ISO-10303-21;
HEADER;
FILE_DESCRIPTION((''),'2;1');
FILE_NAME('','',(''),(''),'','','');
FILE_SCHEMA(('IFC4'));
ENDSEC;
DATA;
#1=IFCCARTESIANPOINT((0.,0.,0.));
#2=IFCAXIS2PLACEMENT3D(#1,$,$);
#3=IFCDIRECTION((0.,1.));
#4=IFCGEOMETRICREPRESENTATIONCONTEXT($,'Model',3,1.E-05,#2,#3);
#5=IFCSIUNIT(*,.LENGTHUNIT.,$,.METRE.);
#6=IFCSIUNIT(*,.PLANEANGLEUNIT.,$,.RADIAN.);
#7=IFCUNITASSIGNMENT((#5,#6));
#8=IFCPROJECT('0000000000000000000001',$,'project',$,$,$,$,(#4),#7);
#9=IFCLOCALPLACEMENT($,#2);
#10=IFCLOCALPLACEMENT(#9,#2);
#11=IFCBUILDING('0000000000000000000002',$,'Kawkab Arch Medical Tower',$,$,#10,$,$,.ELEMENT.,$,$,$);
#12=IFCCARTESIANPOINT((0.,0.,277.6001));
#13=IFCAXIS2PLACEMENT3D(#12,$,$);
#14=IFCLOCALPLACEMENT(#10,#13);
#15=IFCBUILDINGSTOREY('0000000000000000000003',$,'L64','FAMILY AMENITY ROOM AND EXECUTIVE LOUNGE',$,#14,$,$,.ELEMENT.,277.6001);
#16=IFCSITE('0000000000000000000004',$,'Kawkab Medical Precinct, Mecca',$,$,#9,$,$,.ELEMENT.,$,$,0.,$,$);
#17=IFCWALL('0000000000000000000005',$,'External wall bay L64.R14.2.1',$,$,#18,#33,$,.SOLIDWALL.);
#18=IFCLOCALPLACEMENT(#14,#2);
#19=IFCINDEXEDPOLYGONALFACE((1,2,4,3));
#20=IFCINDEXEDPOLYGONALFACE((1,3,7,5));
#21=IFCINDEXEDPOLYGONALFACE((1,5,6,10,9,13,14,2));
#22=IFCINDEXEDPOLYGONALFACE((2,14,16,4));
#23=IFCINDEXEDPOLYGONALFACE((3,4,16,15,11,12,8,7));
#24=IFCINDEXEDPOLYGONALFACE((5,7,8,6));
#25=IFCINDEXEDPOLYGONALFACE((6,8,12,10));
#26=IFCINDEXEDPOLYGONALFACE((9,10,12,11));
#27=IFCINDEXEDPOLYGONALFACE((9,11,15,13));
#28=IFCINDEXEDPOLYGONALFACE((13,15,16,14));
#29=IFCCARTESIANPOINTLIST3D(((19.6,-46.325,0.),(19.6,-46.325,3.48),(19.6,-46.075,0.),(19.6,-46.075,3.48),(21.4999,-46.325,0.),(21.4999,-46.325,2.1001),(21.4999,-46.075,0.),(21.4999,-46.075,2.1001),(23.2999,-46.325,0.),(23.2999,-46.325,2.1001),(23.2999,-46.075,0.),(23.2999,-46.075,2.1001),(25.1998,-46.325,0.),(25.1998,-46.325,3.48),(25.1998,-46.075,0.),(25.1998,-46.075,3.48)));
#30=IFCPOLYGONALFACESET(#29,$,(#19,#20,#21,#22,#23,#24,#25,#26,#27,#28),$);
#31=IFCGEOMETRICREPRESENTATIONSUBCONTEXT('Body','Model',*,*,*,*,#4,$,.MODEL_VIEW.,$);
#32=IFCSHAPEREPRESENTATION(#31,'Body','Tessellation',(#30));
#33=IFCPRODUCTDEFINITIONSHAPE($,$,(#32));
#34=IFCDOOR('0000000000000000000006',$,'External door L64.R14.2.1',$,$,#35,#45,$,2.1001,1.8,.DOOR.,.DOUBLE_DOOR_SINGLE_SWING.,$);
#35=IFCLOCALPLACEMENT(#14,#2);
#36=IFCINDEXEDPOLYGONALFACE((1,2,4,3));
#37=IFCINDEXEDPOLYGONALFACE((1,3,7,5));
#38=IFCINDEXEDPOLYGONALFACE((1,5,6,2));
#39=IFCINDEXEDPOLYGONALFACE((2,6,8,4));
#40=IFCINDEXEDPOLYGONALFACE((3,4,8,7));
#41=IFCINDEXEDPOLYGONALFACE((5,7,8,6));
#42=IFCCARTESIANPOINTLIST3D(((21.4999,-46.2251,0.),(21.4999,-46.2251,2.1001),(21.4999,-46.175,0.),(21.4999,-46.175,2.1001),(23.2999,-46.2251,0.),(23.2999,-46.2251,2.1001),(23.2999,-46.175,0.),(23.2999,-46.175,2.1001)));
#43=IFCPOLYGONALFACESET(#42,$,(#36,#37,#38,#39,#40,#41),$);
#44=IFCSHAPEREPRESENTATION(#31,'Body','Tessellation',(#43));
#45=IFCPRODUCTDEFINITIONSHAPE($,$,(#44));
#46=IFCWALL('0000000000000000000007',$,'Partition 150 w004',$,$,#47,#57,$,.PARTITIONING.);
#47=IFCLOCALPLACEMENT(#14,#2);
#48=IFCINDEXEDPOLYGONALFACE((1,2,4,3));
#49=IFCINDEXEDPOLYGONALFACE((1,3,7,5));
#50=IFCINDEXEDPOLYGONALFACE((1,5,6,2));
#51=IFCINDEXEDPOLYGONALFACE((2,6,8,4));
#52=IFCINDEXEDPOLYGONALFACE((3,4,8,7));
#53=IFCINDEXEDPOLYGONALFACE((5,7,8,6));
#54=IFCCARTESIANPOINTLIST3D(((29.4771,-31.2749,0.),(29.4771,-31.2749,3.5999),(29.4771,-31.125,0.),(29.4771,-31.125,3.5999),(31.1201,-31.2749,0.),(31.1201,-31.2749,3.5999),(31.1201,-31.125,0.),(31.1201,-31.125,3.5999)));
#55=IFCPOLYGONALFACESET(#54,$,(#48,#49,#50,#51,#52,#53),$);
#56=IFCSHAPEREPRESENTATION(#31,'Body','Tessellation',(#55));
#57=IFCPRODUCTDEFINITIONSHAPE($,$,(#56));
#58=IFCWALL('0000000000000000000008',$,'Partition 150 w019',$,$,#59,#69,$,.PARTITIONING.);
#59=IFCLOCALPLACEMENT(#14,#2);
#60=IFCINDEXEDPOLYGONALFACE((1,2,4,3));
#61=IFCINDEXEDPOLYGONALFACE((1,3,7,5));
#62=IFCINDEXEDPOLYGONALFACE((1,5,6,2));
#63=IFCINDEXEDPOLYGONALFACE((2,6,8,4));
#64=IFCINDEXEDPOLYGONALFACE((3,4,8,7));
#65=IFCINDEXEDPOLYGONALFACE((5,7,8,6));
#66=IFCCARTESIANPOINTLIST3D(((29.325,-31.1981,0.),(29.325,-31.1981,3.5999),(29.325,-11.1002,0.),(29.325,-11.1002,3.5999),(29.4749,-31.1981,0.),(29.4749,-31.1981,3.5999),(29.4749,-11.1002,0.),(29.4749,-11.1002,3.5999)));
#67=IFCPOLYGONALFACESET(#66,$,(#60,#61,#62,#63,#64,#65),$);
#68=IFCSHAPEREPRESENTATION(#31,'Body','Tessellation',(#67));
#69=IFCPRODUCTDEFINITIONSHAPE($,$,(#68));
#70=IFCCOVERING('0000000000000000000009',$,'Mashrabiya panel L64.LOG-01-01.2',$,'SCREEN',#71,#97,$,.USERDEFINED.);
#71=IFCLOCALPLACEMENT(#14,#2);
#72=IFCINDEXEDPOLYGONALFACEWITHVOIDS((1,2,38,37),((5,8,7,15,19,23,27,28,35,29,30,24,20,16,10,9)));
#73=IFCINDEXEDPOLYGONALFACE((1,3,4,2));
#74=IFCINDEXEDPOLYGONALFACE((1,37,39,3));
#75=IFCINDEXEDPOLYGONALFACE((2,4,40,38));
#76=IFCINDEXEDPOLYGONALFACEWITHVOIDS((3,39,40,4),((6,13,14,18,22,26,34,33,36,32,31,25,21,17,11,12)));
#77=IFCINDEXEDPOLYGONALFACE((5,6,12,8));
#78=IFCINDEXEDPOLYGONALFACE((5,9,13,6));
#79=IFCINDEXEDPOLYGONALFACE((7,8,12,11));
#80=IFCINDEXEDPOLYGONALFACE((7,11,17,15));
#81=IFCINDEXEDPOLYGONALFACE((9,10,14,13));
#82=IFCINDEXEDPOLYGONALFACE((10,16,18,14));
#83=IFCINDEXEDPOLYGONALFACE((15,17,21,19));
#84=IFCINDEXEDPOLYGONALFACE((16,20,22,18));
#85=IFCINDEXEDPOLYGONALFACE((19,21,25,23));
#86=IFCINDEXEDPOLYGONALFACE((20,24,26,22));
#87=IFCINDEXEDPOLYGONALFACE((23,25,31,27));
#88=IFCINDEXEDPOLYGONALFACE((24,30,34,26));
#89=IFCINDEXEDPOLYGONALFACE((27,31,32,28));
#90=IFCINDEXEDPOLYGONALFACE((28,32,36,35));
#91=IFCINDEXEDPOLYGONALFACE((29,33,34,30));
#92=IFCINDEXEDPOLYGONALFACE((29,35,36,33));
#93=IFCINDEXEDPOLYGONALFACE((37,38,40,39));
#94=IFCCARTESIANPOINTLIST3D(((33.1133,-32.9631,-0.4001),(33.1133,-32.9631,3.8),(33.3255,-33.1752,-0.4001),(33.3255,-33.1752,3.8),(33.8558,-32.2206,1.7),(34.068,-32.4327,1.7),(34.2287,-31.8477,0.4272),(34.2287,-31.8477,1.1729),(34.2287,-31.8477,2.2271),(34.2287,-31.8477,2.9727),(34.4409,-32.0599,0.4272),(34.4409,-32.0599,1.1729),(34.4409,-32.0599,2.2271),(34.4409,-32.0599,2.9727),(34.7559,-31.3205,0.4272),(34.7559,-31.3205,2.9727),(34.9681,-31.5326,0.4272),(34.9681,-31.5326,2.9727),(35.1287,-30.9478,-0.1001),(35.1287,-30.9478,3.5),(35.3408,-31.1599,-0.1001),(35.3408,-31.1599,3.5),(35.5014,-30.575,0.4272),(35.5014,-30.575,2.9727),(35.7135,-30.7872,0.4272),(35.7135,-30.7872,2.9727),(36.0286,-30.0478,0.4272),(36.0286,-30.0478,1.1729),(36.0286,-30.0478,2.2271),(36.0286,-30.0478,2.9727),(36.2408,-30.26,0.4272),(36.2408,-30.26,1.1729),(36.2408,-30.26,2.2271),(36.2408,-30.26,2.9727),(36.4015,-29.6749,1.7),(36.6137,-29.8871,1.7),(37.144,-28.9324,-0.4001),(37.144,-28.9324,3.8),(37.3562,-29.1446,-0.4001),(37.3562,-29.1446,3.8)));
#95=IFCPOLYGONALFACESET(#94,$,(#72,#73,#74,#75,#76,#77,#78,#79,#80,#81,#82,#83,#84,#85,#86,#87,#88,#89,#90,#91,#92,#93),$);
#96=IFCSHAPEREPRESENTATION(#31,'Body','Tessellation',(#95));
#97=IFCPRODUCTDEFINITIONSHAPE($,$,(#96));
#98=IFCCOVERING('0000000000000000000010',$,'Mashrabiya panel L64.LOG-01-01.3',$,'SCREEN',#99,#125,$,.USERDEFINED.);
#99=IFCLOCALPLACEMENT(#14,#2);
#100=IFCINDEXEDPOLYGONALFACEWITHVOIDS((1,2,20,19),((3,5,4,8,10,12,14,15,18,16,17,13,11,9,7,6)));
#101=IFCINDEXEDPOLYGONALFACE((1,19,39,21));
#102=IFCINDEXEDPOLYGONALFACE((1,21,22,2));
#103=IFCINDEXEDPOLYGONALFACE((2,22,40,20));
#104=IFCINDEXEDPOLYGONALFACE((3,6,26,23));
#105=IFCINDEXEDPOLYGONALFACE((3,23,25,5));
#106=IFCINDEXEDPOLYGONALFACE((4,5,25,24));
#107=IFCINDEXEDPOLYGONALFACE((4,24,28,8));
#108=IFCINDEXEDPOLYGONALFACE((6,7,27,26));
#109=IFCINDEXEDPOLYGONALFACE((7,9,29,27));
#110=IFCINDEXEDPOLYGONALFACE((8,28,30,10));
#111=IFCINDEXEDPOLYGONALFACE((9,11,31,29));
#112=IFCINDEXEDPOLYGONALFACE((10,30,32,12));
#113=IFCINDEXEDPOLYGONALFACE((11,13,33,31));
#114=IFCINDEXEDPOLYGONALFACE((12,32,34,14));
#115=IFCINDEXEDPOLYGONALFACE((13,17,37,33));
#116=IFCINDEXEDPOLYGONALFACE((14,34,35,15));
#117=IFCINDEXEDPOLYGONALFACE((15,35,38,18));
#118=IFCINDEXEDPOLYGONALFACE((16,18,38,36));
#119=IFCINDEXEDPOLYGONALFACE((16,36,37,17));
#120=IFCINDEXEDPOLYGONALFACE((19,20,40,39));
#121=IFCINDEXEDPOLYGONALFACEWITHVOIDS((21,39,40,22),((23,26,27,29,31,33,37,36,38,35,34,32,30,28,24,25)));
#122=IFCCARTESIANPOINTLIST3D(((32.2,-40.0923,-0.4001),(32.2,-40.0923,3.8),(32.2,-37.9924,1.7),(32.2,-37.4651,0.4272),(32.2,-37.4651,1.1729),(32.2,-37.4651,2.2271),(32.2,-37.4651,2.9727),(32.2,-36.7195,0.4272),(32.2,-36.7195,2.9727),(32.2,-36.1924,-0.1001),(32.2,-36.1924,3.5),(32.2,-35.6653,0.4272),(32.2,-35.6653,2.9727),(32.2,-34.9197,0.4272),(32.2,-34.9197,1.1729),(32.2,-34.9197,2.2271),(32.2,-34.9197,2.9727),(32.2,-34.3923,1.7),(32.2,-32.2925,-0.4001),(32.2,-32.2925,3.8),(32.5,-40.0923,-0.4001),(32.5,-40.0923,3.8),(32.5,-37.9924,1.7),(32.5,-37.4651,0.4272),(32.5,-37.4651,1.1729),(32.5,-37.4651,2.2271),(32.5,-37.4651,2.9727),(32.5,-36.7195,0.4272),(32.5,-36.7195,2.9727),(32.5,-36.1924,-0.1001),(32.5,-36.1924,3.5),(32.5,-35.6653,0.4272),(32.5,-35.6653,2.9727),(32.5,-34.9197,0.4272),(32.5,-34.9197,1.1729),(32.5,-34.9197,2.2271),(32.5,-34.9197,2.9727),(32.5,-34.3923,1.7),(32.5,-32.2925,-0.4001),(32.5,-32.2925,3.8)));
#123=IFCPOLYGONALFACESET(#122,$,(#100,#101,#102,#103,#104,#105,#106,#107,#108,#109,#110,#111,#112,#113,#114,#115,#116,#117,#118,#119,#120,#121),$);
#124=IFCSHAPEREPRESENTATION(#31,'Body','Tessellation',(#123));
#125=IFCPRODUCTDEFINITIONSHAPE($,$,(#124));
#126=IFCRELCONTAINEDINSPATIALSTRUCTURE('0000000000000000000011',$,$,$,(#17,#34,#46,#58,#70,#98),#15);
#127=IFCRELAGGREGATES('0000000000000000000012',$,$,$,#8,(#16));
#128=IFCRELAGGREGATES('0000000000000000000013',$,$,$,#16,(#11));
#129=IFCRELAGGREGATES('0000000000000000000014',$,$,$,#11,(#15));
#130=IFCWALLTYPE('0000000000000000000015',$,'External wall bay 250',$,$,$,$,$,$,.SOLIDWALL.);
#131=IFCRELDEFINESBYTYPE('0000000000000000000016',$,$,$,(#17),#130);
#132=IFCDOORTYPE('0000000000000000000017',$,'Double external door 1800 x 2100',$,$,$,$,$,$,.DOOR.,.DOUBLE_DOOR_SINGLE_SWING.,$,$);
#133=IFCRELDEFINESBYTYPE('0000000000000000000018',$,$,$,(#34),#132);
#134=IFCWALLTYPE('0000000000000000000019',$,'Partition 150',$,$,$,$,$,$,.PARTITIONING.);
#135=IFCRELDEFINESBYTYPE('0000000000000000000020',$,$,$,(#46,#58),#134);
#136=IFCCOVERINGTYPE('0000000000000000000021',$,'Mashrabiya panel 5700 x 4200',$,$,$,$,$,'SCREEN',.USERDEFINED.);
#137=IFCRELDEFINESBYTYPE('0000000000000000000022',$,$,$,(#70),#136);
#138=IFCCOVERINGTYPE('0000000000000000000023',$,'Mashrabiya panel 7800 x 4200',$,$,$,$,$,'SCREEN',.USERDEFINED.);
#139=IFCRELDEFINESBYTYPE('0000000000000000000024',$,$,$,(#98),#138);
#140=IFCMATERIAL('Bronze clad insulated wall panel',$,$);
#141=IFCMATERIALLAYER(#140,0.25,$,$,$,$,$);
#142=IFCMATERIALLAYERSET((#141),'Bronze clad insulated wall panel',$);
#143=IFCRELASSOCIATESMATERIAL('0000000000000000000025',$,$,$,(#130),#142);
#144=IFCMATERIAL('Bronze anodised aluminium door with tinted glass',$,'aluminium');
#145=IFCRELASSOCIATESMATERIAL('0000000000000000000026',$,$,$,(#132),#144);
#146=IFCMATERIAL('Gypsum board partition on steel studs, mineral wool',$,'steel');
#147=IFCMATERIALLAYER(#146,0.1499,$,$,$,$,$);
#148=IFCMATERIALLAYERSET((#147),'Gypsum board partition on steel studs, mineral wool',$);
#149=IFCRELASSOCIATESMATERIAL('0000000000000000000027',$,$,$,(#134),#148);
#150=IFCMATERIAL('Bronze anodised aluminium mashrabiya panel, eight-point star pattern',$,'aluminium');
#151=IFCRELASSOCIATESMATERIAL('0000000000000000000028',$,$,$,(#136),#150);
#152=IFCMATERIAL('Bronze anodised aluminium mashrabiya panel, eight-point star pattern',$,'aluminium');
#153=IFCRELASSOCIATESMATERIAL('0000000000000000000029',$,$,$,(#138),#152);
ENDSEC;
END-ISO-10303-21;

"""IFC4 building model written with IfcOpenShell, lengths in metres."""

from ifc_helpers import new_model, si_unit, direction, frame, frame_2d, origin, place, context, subcontext, project, spatial, polyline, rectangle, outline, extrude, material, layer, layer_set, material_profile, profile_set, type_object, element, fill, save


model = new_model("IFC4")

# Units and contexts
model_context = context("Model", 3, precision=1e-05, world=origin(), true_north=direction((0.0, 1.0)))
body_context = subcontext(model_context, "Body", "Model", "MODEL_VIEW")
ifc_project = project(units=[si_unit("LENGTHUNIT", "METRE"), si_unit("PLANEANGLEUNIT", "RADIAN")], contexts=[model_context])

# Site, building, storey
site_placement = place(None, origin())
site = spatial("IfcSite", under=ifc_project, at=site_placement, Name="Kawkab Medical Precinct, Mecca", CompositionType="ELEMENT", RefElevation=0.0)
building_placement = place(site_placement, origin())
building = spatial("IfcBuilding", under=site, at=building_placement, Name="Kawkab Arch Medical Tower", CompositionType="ELEMENT")
storey_placement = place(building_placement, frame((0.0, 0.0, 277.6001)))
storey = spatial("IfcBuildingStorey", under=building, at=storey_placement, Name="L64", Description="FAMILY AMENITY ROOM AND EXECUTIVE LOUNGE", CompositionType="ELEMENT", Elevation=277.6001)

# Wall, opening, door
ifc_material_1 = material(Name="Bronze clad insulated wall panel")
ifc_layer_1 = layer(ifc_material_1, 0.25)
ifc_layer_set_1 = layer_set([ifc_layer_1], Name="Bronze clad insulated wall panel")
wall_type_1 = type_object("IfcWallType", Name="External wall bay 250", PredefinedType="SOLIDWALL", material=ifc_layer_set_1)
wall_1_placement = place(storey_placement, frame((19.6001, -46.2, 0.0), z_axis=(0.0, 0.0, 1.0), x_axis=(1.0, 0.0, 0.0)))
wall_1 = element("IfcWall", 1, at=wall_1_placement, inside=storey, type_object=wall_type_1, Name="External wall bay L64.R14.2.1", PredefinedType="SOLIDWALL", context=body_context, shape_type="SweptSolid", body=[
    extrude(rectangle(XDim=5.5999, YDim=0.25, at=frame_2d((2.7998, 0.0))), origin(), (0.0, 0.0, 1.0), 3.48),
])
opening_placement = place(wall_1_placement, frame((1.8999, 0.0, 0.0)))
opening = element("IfcOpeningElement", 2, at=opening_placement, cuts=wall_1, PredefinedType="OPENING", context=body_context, shape_type="SweptSolid", body=[
    extrude(rectangle(XDim=1.8, YDim=2.1001, at=frame_2d((0.8999, 1.05))), frame((0.0, 0.135, 0.0), z_axis=(0.0, -1.0, 0.0), x_axis=(1.0, 0.0, 0.0)), (0.0, 0.0, 1.0), 0.27),
])
ifc_material_2 = material(Name="Bronze anodised aluminium door with tinted glass", Category="aluminium")
door_type = type_object("IfcDoorType", Name="Double external door 1800 x 2100", OperationType="DOUBLE_DOOR_SINGLE_SWING", PredefinedType="DOOR", material=ifc_material_2)
door_placement = place(opening_placement, origin())
door = element("IfcDoor", 3, at=door_placement, inside=storey, type_object=door_type, Name="External door L64.R14.2.1", OperationType="DOUBLE_DOOR_SINGLE_SWING", OverallHeight=2.1001, OverallWidth=1.8, PredefinedType="DOOR", context=body_context, shape_type="SweptSolid", body=[
    extrude(rectangle(XDim=1.8, YDim=2.1001, at=frame_2d((0.8999, 1.05))), frame((0.0, 0.0249, 0.0), z_axis=(0.0, -1.0, 0.0), x_axis=(1.0, 0.0, 0.0)), (0.0, 0.0, 1.0), 0.05),
])
fill(opening, door)

# Walls
ifc_material_3 = material(Name="Gypsum board partition on steel studs, mineral wool", Category="steel")
ifc_layer_2 = layer(ifc_material_3, 0.1499)
ifc_layer_set_2 = layer_set([ifc_layer_2], Name="Gypsum board partition on steel studs, mineral wool")
wall_type_2 = type_object("IfcWallType", Name="Partition 150", PredefinedType="PARTITIONING", material=ifc_layer_set_2)
wall_2_placement = place(storey_placement, frame((29.4771, -31.2, 0.0), z_axis=(0.0, 0.0, 1.0), x_axis=(1.0, 0.0, 0.0)))
element("IfcWall", 4, at=wall_2_placement, inside=storey, type_object=wall_type_2, Name="Partition 150 w004", PredefinedType="PARTITIONING", context=body_context, shape_type="SweptSolid", body=[
    extrude(rectangle(XDim=1.6431, YDim=0.1499, at=frame_2d((0.8215, 0.0))), origin(), (0.0, 0.0, 1.0), 3.5999),
])
wall_3_placement = place(storey_placement, frame((29.3999, -31.198, 0.0), z_axis=(0.0, 0.0, 1.0), x_axis=(0.0, 1.0, 0.0)))
element("IfcWall", 5, at=wall_3_placement, inside=storey, type_object=wall_type_2, Name="Partition 150 w019", PredefinedType="PARTITIONING", context=body_context, shape_type="SweptSolid", body=[
    extrude(rectangle(XDim=20.0979, YDim=0.1499, at=frame_2d((10.0488, 0.0))), origin(), (0.0, 0.0, 1.0), 3.5999),
])

# Coverings
ifc_material_4 = material(Name="Bronze anodised aluminium mashrabiya panel, eight-point star pattern", Category="aluminium")
ifc_material_profile_1 = material_profile(ifc_material_4, outline(polyline([(-2.8501, -2.1001), (2.8501, -2.1001), (2.8501, 2.1001), (-2.8501, 2.1001), (-2.8501, -2.1001)]), holes=[polyline([(1.8, 0.0), (1.2727, 0.5271), (1.2727, 1.2727), (0.5271, 1.2727), (0.0, 1.8), (-0.5271, 1.2727), (-1.2727, 1.2727), (-1.2727, 0.5271), (-1.8, 0.0), (-1.2727, -0.5271), (-1.2727, -1.2727), (-0.5271, -1.2727), (0.0, -1.8), (0.5271, -1.2727), (1.2727, -1.2727), (1.2727, -0.5271), (1.8, 0.0)])]), Name="Mashrabiya panel 5700x4200")
ifc_profile_set_1 = profile_set([ifc_material_profile_1], Name="Bronze anodised aluminium mashrabiya panel, eight-point star pattern")
covering_type_1 = type_object("IfcCoveringType", Name="Mashrabiya panel 5700 x 4200", ElementType="SCREEN", PredefinedType="USERDEFINED", material=ifc_profile_set_1)
covering_1_placement = place(storey_placement, frame((35.1287, -30.9478, 1.7), z_axis=(0.707107, -0.707107, 0.0), x_axis=(0.707107, 0.707107, 0.0)))
element("IfcCovering", 6, at=covering_1_placement, inside=storey, type_object=covering_type_1, Name="Mashrabiya panel L64.LOG-01-01.2", ObjectType="SCREEN", PredefinedType="USERDEFINED", context=body_context, shape_type="SweptSolid", body=[
    extrude(outline(polyline([(-2.8501, -2.1001), (2.8501, -2.1001), (2.8501, 2.1001), (-2.8501, 2.1001), (-2.8501, -2.1001)]), holes=[polyline([(1.8, 0.0), (1.2727, 0.5271), (1.2727, 1.2727), (0.5271, 1.2727), (0.0, 1.8), (-0.5271, 1.2727), (-1.2727, 1.2727), (-1.2727, 0.5271), (-1.8, 0.0), (-1.2727, -0.5271), (-1.2727, -1.2727), (-0.5271, -1.2727), (0.0, -1.8), (0.5271, -1.2727), (1.2727, -1.2727), (1.2727, -0.5271), (1.8, 0.0)])]), origin(), (0.0, 0.0, 1.0), 0.3),
])
ifc_material_5 = material(Name="Bronze anodised aluminium mashrabiya panel, eight-point star pattern", Category="aluminium")
ifc_material_profile_2 = material_profile(ifc_material_5, outline(polyline([(-3.8999, -2.1001), (3.8999, -2.1001), (3.8999, 2.1001), (-3.8999, 2.1001), (-3.8999, -2.1001)]), holes=[polyline([(1.8, 0.0), (1.2727, 0.5271), (1.2727, 1.2727), (0.5271, 1.2727), (0.0, 1.8), (-0.5271, 1.2727), (-1.2727, 1.2727), (-1.2727, 0.5271), (-1.8, 0.0), (-1.2727, -0.5271), (-1.2727, -1.2727), (-0.5271, -1.2727), (0.0, -1.8), (0.5271, -1.2727), (1.2727, -1.2727), (1.2727, -0.5271), (1.8, 0.0)])]), Name="Mashrabiya panel 7800x4200")
ifc_profile_set_2 = profile_set([ifc_material_profile_2], Name="Bronze anodised aluminium mashrabiya panel, eight-point star pattern")
covering_type_2 = type_object("IfcCoveringType", Name="Mashrabiya panel 7800 x 4200", ElementType="SCREEN", PredefinedType="USERDEFINED", material=ifc_profile_set_2)
covering_2_placement = place(storey_placement, frame((32.2, -36.1924, 1.7), z_axis=(1.0, 0.0, 0.0), x_axis=(0.0, 1.0, 0.0)))
element("IfcCovering", 7, at=covering_2_placement, inside=storey, type_object=covering_type_2, Name="Mashrabiya panel L64.LOG-01-01.3", ObjectType="SCREEN", PredefinedType="USERDEFINED", context=body_context, shape_type="SweptSolid", body=[
    extrude(outline(polyline([(-3.8999, -2.1001), (3.8999, -2.1001), (3.8999, 2.1001), (-3.8999, 2.1001), (-3.8999, -2.1001)]), holes=[polyline([(1.8, 0.0), (1.2727, 0.5271), (1.2727, 1.2727), (0.5271, 1.2727), (0.0, 1.8), (-0.5271, 1.2727), (-1.2727, 1.2727), (-1.2727, 0.5271), (-1.8, 0.0), (-1.2727, -0.5271), (-1.2727, -1.2727), (-0.5271, -1.2727), (0.0, -1.8), (0.5271, -1.2727), (1.2727, -1.2727), (1.2727, -0.5271), (1.8, 0.0)])]), origin(), (0.0, 0.0, 1.0), 0.3),
])

save(model, "model.ifc")
